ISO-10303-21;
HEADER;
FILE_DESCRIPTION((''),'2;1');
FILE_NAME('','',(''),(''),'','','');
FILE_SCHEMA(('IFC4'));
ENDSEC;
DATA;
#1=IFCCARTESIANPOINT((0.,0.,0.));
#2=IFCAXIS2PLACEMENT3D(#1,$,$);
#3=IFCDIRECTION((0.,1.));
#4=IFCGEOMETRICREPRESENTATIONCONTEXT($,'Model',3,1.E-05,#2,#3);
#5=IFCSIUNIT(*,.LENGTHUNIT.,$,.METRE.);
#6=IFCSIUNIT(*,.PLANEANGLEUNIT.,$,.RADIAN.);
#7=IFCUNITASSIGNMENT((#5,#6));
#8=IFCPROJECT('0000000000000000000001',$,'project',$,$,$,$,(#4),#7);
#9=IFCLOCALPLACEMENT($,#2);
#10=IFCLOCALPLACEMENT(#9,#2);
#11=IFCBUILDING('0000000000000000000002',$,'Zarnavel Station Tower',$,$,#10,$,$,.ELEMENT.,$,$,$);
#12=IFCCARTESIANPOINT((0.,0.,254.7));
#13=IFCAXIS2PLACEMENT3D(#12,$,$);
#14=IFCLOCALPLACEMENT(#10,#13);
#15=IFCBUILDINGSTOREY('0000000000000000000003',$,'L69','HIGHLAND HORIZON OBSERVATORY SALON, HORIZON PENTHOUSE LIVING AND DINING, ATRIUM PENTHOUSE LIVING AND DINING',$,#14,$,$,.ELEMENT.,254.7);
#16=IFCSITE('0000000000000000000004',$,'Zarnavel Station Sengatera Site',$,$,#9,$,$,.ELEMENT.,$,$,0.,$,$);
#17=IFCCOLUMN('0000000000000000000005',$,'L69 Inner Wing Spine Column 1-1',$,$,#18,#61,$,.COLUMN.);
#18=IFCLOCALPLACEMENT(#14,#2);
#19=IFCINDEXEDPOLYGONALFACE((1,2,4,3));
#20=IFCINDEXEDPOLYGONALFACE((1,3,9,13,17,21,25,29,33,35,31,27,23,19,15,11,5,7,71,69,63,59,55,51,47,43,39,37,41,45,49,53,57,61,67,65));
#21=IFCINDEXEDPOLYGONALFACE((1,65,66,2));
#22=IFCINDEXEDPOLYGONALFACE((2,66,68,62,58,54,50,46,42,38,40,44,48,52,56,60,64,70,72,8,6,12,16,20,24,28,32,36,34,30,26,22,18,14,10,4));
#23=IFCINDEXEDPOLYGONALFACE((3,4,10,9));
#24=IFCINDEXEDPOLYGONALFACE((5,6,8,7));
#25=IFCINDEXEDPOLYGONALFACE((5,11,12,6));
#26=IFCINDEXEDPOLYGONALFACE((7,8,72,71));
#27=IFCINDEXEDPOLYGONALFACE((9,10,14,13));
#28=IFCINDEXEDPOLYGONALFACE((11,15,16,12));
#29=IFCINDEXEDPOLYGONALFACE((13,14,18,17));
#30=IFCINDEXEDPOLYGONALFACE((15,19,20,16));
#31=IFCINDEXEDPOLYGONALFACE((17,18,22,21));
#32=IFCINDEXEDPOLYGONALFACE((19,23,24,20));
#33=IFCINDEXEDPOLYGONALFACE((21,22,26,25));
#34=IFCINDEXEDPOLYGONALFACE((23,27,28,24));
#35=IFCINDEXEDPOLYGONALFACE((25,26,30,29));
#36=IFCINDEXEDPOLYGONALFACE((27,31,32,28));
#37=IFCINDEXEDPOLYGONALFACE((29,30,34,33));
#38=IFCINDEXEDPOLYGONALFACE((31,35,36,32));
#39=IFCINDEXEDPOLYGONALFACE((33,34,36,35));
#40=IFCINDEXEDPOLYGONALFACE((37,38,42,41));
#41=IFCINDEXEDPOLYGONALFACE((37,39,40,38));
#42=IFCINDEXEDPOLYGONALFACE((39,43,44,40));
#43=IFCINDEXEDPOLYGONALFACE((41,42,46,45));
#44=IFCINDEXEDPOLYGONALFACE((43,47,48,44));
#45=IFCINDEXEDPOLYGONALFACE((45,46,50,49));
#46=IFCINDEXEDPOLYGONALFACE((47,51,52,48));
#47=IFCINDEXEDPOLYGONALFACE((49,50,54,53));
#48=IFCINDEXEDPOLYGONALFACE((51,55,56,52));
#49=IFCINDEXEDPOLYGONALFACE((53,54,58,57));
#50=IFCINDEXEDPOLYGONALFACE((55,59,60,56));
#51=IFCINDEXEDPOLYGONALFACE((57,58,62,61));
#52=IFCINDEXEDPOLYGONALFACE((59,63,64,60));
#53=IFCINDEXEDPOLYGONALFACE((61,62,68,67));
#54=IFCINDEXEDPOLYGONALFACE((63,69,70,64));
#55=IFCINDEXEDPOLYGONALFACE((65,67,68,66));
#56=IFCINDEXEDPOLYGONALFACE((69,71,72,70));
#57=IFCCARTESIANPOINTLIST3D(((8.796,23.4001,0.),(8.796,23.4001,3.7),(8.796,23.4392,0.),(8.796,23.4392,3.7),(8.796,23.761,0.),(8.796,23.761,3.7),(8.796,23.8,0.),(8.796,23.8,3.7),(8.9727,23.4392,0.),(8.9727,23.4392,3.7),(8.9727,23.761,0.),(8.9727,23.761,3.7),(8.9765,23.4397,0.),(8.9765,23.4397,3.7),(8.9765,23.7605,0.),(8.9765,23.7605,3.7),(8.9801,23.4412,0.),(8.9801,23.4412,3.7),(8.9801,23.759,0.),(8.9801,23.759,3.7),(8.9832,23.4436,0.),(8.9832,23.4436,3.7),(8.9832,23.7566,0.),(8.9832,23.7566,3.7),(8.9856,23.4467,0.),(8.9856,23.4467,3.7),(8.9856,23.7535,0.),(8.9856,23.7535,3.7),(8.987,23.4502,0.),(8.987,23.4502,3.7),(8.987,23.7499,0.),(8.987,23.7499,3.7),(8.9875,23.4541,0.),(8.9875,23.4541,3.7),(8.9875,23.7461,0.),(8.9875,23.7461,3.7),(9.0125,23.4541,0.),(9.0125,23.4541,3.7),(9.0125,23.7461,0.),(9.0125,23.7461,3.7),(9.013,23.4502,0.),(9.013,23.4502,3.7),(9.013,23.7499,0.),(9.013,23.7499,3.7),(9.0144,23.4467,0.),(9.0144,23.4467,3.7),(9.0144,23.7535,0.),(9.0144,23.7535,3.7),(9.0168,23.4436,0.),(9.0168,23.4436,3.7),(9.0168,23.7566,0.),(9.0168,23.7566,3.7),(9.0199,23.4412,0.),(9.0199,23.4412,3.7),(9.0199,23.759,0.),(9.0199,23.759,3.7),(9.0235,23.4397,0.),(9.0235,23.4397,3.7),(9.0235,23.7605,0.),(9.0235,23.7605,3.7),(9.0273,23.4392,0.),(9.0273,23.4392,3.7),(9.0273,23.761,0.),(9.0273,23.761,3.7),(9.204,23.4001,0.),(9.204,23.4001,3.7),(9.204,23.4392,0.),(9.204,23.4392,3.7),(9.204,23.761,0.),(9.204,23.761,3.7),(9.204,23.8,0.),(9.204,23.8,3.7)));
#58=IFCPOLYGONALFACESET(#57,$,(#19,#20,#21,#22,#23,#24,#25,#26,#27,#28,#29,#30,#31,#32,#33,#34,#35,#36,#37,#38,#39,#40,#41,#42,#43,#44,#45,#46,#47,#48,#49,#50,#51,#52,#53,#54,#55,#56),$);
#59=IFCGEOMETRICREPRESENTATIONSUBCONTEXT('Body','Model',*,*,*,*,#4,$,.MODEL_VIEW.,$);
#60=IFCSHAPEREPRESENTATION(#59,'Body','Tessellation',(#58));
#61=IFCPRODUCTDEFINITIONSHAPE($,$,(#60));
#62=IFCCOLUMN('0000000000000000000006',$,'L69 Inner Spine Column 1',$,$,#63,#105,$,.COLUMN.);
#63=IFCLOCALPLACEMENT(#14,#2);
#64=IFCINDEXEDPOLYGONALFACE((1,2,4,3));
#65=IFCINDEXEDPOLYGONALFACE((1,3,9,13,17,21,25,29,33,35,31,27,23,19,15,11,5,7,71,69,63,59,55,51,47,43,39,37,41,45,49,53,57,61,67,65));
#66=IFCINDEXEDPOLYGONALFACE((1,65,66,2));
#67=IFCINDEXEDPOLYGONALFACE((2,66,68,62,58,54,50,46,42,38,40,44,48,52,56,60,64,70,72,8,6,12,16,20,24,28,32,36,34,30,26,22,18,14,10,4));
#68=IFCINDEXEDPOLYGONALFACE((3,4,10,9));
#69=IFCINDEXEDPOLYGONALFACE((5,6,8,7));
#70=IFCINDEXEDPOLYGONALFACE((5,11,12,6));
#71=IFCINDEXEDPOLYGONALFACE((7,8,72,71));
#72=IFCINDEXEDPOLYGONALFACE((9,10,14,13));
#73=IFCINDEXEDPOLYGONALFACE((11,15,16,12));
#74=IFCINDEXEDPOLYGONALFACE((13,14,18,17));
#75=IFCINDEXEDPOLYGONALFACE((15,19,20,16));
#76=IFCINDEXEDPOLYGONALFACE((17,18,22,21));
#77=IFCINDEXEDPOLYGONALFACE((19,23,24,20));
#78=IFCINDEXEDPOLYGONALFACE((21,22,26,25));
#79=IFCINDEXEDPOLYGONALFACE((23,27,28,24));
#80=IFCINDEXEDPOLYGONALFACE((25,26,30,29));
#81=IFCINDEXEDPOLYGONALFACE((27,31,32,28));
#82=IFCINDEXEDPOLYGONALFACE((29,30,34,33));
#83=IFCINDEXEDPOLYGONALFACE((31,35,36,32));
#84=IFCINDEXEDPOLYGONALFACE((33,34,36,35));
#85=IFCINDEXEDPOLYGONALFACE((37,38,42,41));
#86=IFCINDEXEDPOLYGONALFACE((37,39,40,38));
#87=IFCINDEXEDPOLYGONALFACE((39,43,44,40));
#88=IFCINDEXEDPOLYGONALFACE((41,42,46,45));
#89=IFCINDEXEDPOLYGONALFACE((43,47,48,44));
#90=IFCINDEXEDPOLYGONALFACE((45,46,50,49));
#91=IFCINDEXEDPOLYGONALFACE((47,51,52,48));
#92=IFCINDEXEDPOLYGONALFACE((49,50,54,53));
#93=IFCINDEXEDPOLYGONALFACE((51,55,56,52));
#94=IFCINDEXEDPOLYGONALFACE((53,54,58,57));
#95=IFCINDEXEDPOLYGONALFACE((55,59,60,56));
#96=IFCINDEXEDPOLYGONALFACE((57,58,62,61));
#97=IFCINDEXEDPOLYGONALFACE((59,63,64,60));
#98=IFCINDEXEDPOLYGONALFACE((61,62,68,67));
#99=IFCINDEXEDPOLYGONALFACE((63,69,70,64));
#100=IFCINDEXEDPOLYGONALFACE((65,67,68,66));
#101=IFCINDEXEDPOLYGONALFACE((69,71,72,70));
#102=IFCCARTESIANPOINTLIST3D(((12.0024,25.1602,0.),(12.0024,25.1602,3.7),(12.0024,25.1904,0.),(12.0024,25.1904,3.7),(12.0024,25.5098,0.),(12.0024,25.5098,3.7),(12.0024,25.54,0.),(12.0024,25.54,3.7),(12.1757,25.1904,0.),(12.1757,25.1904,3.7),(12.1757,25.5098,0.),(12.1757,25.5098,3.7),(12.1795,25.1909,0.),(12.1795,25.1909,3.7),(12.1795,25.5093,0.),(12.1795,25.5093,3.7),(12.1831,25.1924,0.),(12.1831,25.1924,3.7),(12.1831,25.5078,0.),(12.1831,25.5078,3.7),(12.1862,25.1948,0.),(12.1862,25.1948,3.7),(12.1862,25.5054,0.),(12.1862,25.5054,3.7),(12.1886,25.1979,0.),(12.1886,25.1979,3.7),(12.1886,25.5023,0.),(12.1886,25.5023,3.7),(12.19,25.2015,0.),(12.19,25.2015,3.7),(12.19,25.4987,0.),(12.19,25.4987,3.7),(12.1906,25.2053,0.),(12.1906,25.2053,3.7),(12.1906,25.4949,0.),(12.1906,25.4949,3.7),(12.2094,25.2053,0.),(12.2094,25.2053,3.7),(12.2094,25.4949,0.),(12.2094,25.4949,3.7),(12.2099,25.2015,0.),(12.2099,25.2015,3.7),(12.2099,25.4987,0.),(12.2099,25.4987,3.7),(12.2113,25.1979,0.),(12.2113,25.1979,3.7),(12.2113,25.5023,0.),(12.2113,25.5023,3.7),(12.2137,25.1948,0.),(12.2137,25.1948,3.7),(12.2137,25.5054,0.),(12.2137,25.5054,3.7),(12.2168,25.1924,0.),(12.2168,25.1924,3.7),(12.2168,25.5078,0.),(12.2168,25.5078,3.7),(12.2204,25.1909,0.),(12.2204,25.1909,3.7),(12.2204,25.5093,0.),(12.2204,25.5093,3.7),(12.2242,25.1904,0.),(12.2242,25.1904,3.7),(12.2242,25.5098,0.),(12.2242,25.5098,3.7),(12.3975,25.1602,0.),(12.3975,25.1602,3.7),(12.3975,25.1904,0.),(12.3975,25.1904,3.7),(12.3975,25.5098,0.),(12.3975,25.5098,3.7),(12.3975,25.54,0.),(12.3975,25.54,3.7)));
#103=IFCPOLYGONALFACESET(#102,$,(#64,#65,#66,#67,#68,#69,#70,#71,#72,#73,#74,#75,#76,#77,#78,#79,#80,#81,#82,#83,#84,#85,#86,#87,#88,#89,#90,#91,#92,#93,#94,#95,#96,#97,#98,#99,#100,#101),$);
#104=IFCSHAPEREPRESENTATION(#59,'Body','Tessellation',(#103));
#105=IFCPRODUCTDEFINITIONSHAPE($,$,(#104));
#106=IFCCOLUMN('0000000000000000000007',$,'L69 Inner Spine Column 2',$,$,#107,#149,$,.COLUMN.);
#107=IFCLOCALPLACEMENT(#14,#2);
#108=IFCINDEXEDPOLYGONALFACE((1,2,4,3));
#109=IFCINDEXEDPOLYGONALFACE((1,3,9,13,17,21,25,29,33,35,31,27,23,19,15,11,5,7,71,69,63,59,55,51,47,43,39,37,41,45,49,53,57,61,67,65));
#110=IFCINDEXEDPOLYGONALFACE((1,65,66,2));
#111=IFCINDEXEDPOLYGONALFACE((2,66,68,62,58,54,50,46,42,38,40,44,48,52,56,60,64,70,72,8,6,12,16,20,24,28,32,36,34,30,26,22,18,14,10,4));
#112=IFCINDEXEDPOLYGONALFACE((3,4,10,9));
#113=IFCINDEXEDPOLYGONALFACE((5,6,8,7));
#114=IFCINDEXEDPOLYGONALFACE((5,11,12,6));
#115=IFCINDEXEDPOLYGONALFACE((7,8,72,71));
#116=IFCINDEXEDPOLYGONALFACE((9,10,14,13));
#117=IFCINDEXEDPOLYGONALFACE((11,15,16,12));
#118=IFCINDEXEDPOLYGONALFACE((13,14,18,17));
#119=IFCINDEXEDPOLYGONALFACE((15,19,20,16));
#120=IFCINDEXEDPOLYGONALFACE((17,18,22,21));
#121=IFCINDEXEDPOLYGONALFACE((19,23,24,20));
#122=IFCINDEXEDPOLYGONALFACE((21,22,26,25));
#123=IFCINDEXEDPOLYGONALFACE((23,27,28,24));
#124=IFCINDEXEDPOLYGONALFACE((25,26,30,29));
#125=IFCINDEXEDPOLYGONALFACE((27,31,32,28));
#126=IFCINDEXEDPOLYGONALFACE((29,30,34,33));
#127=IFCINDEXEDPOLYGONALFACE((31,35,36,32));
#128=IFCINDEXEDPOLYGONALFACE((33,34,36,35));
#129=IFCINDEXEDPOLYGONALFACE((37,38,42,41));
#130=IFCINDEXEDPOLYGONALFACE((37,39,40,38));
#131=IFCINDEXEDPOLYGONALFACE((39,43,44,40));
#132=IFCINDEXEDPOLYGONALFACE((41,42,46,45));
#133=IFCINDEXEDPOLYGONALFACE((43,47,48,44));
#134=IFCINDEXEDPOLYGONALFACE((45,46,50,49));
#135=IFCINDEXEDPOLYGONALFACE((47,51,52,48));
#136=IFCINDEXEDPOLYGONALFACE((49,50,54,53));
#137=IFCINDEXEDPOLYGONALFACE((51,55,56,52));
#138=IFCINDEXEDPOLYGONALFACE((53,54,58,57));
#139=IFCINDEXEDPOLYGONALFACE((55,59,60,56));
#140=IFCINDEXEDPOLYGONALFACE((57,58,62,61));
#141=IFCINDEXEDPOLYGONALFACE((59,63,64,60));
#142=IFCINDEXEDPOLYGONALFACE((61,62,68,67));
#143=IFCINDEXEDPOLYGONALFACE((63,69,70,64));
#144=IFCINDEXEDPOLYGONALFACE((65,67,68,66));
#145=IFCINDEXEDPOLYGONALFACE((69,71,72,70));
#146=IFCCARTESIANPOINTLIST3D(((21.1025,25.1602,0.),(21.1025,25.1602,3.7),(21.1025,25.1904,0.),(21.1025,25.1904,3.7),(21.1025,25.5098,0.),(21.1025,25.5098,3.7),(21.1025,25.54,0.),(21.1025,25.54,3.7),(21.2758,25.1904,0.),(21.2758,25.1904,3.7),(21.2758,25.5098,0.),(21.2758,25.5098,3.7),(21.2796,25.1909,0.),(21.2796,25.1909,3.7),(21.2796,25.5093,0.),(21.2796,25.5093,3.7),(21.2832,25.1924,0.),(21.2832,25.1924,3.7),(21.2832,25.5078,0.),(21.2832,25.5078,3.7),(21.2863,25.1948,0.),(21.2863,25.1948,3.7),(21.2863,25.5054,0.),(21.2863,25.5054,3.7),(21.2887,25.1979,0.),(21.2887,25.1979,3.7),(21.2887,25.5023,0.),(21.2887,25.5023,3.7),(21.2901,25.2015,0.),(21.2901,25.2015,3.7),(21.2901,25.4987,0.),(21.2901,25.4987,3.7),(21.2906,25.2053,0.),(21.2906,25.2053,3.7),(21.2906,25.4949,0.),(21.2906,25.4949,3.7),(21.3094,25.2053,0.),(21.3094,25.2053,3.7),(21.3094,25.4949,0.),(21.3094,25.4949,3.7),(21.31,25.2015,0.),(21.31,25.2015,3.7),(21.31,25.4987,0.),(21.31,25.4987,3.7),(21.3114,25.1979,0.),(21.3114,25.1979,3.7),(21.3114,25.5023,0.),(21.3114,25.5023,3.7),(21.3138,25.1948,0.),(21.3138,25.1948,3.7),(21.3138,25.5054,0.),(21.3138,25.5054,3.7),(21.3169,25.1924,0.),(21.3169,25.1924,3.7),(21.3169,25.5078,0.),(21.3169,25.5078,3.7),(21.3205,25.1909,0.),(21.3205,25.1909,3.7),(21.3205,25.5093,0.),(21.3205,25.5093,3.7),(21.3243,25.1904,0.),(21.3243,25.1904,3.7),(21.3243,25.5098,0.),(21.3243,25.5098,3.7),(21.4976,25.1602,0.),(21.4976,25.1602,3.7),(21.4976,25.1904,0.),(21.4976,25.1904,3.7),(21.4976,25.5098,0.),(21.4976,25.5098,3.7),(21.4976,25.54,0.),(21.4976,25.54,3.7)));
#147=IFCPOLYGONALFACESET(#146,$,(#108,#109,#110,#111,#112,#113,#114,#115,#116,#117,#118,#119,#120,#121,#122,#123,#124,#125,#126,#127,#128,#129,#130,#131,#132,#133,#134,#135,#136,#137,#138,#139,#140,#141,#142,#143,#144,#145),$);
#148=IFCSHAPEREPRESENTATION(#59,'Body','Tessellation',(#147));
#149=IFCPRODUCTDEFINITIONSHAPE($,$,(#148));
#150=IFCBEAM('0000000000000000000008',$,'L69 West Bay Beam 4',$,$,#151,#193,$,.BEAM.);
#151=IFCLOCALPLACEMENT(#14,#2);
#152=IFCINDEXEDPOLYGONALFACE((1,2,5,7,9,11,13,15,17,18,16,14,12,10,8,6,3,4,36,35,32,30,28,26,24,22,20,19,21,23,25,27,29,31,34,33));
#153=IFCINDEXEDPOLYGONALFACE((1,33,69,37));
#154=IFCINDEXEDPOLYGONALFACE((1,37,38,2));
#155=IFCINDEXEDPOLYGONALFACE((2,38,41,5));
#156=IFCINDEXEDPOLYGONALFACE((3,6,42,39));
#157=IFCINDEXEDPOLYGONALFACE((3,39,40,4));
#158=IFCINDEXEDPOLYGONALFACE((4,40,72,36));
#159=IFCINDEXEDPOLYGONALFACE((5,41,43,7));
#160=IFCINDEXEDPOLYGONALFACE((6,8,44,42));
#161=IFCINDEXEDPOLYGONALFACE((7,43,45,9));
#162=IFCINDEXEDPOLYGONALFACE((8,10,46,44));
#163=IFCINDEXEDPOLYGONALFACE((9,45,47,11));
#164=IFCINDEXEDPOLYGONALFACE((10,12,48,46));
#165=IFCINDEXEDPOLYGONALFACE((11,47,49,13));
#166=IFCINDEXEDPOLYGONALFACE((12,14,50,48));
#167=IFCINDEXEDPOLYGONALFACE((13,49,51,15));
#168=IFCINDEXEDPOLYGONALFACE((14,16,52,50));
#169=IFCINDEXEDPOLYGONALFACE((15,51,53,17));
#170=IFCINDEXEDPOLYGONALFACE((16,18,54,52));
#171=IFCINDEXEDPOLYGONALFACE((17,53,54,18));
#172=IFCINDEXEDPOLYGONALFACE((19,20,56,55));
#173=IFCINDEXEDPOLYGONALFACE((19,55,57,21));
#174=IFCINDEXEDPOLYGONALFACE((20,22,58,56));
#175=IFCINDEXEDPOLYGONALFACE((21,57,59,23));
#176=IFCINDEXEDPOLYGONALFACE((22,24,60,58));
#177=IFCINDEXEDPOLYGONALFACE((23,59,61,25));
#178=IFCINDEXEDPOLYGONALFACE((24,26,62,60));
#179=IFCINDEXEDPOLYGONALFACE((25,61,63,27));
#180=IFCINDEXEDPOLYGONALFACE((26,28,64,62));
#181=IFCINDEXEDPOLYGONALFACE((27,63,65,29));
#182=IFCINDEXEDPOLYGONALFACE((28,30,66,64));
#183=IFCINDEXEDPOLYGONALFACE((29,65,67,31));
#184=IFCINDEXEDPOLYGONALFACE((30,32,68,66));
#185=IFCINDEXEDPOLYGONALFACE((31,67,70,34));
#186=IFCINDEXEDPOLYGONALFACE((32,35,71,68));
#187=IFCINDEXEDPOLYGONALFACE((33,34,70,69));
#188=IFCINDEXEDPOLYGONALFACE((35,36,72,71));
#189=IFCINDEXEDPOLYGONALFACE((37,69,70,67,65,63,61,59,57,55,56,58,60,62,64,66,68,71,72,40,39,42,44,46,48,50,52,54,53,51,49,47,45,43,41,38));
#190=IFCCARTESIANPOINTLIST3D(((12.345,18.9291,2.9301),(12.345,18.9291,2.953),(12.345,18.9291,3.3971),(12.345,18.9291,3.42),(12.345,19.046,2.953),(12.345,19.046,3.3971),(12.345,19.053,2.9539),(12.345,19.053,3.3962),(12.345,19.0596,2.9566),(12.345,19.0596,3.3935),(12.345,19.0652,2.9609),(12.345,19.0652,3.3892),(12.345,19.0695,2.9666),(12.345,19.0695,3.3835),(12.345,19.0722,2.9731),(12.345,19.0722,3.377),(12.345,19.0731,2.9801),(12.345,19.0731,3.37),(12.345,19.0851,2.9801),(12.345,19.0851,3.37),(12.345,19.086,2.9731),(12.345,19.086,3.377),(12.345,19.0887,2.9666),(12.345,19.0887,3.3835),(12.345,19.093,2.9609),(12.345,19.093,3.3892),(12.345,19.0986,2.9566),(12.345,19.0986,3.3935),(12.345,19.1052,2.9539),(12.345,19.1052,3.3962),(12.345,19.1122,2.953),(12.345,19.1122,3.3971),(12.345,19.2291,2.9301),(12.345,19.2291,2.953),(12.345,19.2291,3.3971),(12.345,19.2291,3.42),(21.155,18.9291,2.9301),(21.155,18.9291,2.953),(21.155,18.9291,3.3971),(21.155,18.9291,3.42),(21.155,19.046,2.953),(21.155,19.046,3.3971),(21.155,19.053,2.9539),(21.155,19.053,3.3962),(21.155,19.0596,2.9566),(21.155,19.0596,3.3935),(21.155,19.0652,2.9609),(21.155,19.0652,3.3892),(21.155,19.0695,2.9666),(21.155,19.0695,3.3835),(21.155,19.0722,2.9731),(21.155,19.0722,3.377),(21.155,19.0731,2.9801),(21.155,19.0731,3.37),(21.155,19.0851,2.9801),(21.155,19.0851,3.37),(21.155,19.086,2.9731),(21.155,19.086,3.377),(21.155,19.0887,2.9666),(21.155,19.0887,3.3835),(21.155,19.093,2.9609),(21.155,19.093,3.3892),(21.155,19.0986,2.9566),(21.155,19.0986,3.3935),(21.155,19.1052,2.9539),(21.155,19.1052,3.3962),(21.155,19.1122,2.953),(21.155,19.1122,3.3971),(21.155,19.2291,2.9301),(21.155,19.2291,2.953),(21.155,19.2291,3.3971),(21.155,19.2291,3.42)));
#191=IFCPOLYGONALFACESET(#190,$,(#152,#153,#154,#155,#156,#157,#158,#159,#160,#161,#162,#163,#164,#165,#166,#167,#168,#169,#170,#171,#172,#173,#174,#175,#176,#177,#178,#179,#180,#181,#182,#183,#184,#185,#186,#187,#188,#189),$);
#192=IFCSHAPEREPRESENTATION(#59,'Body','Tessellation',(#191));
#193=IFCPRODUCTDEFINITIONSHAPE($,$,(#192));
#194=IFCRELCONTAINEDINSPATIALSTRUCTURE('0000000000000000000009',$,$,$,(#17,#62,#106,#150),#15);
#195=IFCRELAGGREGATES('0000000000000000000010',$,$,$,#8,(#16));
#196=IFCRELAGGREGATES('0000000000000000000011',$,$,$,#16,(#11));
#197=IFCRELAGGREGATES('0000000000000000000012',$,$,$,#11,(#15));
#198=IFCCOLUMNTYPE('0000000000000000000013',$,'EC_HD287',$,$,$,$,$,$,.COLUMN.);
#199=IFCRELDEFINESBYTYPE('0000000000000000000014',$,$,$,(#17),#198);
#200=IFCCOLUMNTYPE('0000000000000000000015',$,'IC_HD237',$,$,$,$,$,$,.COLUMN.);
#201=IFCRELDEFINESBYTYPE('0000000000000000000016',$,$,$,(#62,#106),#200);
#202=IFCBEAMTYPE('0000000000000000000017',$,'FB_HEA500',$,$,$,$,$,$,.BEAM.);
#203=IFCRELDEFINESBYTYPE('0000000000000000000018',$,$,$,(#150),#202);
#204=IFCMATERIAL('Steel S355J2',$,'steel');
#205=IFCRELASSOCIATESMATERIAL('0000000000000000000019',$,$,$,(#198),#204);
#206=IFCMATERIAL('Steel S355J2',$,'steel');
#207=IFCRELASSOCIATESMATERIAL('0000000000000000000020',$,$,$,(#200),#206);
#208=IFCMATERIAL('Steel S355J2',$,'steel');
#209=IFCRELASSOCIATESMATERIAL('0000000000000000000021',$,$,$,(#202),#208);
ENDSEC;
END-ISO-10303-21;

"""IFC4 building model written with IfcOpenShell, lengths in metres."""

from ifc_helpers import new_model, si_unit, direction, frame, origin, origin_2d, place, context, subcontext, project, spatial, i_section, extrude, material, material_profile, profile_set, type_object, element, save


model = new_model("IFC4")

# Units and contexts
model_context = context("Model", 3, precision=1e-05, world=origin(), true_north=direction((0.0, 1.0)))
body_context = subcontext(model_context, "Body", "Model", "MODEL_VIEW")
ifc_project = project(units=[si_unit("LENGTHUNIT", "METRE"), si_unit("PLANEANGLEUNIT", "RADIAN")], contexts=[model_context])

# Site, building, storey
site_placement = place(None, origin())
site = spatial("IfcSite", under=ifc_project, at=site_placement, Name="Zarnavel Station Sengatera Site", CompositionType="ELEMENT", RefElevation=0.0)
building_placement = place(site_placement, origin())
building = spatial("IfcBuilding", under=site, at=building_placement, Name="Zarnavel Station Tower", CompositionType="ELEMENT")
storey_placement = place(building_placement, frame((0.0, 0.0, 254.7)))
storey = spatial("IfcBuildingStorey", under=building, at=storey_placement, Name="L69", Description="HIGHLAND HORIZON OBSERVATORY SALON, HORIZON PENTHOUSE LIVING AND DINING, ATRIUM PENTHOUSE LIVING AND DINING", CompositionType="ELEMENT", Elevation=254.7)

# Columns
ifc_material_1 = material(Name="Steel S355J2", Category="steel")
ifc_material_profile_1 = material_profile(ifc_material_1, i_section(OverallWidth=0.408, OverallDepth=0.3999, WebThickness=0.0249, FlangeThickness=0.0391, FilletRadius=0.0149, at=origin_2d()), Name="HD400x287")
ifc_profile_set_1 = profile_set([ifc_material_profile_1], Name="Steel S355J2")
column_type_1 = type_object("IfcColumnType", Name="EC_HD287", PredefinedType="COLUMN", material=ifc_profile_set_1)
column_placement = place(storey_placement, frame((9.0, 23.6001, 0.0), z_axis=(0.0, 0.0, 1.0), x_axis=(1.0, 0.0, 0.0)))
element("IfcColumn", 1, at=column_placement, inside=storey, type_object=column_type_1, Name="L69 Inner Wing Spine Column 1-1", PredefinedType="COLUMN", context=body_context, shape_type="SweptSolid", body=[
    extrude(i_section(OverallWidth=0.408, OverallDepth=0.3999, WebThickness=0.0249, FlangeThickness=0.0391, FilletRadius=0.0149, at=origin_2d()), origin(), (0.0, 0.0, 1.0), 3.7),
])
ifc_material_2 = material(Name="Steel S355J2", Category="steel")
ifc_material_profile_2 = material_profile(ifc_material_2, i_section(OverallWidth=0.395, OverallDepth=0.3799, WebThickness=0.0188, FlangeThickness=0.0303, FilletRadius=0.0149, at=origin_2d()), Name="HD400x237")
ifc_profile_set_2 = profile_set([ifc_material_profile_2], Name="Steel S355J2")
column_type_2 = type_object("IfcColumnType", Name="IC_HD237", PredefinedType="COLUMN", material=ifc_profile_set_2)
for number, where, z_axis, x_axis, name in (
    (2, (12.2, 25.3501, 0.0), (0.0, 0.0, 1.0), (1.0, 0.0, 0.0), "L69 Inner Spine Column 1"),
    (3, (21.3, 25.3501, 0.0), (0.0, 0.0, 1.0), (1.0, 0.0, 0.0), "L69 Inner Spine Column 2"),
):
    element("IfcColumn", number, at=place(storey_placement, frame(where, z_axis=z_axis, x_axis=x_axis)), inside=storey, type_object=column_type_2, Name=name, PredefinedType="COLUMN", context=body_context, shape_type="SweptSolid", body=[
        extrude(i_section(OverallWidth=0.395, OverallDepth=0.3799, WebThickness=0.0188, FlangeThickness=0.0303, FilletRadius=0.0149, at=origin_2d()), origin(), (0.0, 0.0, 1.0), 3.7),
    ])

# Beam
ifc_material_3 = material(Name="Steel S355J2", Category="steel")
ifc_material_profile_3 = material_profile(ifc_material_3, i_section(OverallWidth=0.3, OverallDepth=0.49, WebThickness=0.012, FlangeThickness=0.0229, FilletRadius=0.0271, at=origin_2d()), Name="HEA500")
ifc_profile_set_3 = profile_set([ifc_material_profile_3], Name="Steel S355J2")
beam_type_1 = type_object("IfcBeamType", Name="FB_HEA500", PredefinedType="BEAM", material=ifc_profile_set_3)
beam_1_placement = place(storey_placement, frame((12.345, 19.0791, 3.175), z_axis=(1.0, 0.0, 0.0), x_axis=(0.0, 1.0, 0.0)))
element("IfcBeam", 4, at=beam_1_placement, inside=storey, type_object=beam_type_1, Name="L69 West Bay Beam 4", PredefinedType="BEAM", context=body_context, shape_type="SweptSolid", body=[
    extrude(i_section(OverallWidth=0.3, OverallDepth=0.49, WebThickness=0.012, FlangeThickness=0.0229, FilletRadius=0.0271, at=origin_2d()), origin(), (0.0, 0.0, 1.0), 8.8101),
])

save(model, "model.ifc")
